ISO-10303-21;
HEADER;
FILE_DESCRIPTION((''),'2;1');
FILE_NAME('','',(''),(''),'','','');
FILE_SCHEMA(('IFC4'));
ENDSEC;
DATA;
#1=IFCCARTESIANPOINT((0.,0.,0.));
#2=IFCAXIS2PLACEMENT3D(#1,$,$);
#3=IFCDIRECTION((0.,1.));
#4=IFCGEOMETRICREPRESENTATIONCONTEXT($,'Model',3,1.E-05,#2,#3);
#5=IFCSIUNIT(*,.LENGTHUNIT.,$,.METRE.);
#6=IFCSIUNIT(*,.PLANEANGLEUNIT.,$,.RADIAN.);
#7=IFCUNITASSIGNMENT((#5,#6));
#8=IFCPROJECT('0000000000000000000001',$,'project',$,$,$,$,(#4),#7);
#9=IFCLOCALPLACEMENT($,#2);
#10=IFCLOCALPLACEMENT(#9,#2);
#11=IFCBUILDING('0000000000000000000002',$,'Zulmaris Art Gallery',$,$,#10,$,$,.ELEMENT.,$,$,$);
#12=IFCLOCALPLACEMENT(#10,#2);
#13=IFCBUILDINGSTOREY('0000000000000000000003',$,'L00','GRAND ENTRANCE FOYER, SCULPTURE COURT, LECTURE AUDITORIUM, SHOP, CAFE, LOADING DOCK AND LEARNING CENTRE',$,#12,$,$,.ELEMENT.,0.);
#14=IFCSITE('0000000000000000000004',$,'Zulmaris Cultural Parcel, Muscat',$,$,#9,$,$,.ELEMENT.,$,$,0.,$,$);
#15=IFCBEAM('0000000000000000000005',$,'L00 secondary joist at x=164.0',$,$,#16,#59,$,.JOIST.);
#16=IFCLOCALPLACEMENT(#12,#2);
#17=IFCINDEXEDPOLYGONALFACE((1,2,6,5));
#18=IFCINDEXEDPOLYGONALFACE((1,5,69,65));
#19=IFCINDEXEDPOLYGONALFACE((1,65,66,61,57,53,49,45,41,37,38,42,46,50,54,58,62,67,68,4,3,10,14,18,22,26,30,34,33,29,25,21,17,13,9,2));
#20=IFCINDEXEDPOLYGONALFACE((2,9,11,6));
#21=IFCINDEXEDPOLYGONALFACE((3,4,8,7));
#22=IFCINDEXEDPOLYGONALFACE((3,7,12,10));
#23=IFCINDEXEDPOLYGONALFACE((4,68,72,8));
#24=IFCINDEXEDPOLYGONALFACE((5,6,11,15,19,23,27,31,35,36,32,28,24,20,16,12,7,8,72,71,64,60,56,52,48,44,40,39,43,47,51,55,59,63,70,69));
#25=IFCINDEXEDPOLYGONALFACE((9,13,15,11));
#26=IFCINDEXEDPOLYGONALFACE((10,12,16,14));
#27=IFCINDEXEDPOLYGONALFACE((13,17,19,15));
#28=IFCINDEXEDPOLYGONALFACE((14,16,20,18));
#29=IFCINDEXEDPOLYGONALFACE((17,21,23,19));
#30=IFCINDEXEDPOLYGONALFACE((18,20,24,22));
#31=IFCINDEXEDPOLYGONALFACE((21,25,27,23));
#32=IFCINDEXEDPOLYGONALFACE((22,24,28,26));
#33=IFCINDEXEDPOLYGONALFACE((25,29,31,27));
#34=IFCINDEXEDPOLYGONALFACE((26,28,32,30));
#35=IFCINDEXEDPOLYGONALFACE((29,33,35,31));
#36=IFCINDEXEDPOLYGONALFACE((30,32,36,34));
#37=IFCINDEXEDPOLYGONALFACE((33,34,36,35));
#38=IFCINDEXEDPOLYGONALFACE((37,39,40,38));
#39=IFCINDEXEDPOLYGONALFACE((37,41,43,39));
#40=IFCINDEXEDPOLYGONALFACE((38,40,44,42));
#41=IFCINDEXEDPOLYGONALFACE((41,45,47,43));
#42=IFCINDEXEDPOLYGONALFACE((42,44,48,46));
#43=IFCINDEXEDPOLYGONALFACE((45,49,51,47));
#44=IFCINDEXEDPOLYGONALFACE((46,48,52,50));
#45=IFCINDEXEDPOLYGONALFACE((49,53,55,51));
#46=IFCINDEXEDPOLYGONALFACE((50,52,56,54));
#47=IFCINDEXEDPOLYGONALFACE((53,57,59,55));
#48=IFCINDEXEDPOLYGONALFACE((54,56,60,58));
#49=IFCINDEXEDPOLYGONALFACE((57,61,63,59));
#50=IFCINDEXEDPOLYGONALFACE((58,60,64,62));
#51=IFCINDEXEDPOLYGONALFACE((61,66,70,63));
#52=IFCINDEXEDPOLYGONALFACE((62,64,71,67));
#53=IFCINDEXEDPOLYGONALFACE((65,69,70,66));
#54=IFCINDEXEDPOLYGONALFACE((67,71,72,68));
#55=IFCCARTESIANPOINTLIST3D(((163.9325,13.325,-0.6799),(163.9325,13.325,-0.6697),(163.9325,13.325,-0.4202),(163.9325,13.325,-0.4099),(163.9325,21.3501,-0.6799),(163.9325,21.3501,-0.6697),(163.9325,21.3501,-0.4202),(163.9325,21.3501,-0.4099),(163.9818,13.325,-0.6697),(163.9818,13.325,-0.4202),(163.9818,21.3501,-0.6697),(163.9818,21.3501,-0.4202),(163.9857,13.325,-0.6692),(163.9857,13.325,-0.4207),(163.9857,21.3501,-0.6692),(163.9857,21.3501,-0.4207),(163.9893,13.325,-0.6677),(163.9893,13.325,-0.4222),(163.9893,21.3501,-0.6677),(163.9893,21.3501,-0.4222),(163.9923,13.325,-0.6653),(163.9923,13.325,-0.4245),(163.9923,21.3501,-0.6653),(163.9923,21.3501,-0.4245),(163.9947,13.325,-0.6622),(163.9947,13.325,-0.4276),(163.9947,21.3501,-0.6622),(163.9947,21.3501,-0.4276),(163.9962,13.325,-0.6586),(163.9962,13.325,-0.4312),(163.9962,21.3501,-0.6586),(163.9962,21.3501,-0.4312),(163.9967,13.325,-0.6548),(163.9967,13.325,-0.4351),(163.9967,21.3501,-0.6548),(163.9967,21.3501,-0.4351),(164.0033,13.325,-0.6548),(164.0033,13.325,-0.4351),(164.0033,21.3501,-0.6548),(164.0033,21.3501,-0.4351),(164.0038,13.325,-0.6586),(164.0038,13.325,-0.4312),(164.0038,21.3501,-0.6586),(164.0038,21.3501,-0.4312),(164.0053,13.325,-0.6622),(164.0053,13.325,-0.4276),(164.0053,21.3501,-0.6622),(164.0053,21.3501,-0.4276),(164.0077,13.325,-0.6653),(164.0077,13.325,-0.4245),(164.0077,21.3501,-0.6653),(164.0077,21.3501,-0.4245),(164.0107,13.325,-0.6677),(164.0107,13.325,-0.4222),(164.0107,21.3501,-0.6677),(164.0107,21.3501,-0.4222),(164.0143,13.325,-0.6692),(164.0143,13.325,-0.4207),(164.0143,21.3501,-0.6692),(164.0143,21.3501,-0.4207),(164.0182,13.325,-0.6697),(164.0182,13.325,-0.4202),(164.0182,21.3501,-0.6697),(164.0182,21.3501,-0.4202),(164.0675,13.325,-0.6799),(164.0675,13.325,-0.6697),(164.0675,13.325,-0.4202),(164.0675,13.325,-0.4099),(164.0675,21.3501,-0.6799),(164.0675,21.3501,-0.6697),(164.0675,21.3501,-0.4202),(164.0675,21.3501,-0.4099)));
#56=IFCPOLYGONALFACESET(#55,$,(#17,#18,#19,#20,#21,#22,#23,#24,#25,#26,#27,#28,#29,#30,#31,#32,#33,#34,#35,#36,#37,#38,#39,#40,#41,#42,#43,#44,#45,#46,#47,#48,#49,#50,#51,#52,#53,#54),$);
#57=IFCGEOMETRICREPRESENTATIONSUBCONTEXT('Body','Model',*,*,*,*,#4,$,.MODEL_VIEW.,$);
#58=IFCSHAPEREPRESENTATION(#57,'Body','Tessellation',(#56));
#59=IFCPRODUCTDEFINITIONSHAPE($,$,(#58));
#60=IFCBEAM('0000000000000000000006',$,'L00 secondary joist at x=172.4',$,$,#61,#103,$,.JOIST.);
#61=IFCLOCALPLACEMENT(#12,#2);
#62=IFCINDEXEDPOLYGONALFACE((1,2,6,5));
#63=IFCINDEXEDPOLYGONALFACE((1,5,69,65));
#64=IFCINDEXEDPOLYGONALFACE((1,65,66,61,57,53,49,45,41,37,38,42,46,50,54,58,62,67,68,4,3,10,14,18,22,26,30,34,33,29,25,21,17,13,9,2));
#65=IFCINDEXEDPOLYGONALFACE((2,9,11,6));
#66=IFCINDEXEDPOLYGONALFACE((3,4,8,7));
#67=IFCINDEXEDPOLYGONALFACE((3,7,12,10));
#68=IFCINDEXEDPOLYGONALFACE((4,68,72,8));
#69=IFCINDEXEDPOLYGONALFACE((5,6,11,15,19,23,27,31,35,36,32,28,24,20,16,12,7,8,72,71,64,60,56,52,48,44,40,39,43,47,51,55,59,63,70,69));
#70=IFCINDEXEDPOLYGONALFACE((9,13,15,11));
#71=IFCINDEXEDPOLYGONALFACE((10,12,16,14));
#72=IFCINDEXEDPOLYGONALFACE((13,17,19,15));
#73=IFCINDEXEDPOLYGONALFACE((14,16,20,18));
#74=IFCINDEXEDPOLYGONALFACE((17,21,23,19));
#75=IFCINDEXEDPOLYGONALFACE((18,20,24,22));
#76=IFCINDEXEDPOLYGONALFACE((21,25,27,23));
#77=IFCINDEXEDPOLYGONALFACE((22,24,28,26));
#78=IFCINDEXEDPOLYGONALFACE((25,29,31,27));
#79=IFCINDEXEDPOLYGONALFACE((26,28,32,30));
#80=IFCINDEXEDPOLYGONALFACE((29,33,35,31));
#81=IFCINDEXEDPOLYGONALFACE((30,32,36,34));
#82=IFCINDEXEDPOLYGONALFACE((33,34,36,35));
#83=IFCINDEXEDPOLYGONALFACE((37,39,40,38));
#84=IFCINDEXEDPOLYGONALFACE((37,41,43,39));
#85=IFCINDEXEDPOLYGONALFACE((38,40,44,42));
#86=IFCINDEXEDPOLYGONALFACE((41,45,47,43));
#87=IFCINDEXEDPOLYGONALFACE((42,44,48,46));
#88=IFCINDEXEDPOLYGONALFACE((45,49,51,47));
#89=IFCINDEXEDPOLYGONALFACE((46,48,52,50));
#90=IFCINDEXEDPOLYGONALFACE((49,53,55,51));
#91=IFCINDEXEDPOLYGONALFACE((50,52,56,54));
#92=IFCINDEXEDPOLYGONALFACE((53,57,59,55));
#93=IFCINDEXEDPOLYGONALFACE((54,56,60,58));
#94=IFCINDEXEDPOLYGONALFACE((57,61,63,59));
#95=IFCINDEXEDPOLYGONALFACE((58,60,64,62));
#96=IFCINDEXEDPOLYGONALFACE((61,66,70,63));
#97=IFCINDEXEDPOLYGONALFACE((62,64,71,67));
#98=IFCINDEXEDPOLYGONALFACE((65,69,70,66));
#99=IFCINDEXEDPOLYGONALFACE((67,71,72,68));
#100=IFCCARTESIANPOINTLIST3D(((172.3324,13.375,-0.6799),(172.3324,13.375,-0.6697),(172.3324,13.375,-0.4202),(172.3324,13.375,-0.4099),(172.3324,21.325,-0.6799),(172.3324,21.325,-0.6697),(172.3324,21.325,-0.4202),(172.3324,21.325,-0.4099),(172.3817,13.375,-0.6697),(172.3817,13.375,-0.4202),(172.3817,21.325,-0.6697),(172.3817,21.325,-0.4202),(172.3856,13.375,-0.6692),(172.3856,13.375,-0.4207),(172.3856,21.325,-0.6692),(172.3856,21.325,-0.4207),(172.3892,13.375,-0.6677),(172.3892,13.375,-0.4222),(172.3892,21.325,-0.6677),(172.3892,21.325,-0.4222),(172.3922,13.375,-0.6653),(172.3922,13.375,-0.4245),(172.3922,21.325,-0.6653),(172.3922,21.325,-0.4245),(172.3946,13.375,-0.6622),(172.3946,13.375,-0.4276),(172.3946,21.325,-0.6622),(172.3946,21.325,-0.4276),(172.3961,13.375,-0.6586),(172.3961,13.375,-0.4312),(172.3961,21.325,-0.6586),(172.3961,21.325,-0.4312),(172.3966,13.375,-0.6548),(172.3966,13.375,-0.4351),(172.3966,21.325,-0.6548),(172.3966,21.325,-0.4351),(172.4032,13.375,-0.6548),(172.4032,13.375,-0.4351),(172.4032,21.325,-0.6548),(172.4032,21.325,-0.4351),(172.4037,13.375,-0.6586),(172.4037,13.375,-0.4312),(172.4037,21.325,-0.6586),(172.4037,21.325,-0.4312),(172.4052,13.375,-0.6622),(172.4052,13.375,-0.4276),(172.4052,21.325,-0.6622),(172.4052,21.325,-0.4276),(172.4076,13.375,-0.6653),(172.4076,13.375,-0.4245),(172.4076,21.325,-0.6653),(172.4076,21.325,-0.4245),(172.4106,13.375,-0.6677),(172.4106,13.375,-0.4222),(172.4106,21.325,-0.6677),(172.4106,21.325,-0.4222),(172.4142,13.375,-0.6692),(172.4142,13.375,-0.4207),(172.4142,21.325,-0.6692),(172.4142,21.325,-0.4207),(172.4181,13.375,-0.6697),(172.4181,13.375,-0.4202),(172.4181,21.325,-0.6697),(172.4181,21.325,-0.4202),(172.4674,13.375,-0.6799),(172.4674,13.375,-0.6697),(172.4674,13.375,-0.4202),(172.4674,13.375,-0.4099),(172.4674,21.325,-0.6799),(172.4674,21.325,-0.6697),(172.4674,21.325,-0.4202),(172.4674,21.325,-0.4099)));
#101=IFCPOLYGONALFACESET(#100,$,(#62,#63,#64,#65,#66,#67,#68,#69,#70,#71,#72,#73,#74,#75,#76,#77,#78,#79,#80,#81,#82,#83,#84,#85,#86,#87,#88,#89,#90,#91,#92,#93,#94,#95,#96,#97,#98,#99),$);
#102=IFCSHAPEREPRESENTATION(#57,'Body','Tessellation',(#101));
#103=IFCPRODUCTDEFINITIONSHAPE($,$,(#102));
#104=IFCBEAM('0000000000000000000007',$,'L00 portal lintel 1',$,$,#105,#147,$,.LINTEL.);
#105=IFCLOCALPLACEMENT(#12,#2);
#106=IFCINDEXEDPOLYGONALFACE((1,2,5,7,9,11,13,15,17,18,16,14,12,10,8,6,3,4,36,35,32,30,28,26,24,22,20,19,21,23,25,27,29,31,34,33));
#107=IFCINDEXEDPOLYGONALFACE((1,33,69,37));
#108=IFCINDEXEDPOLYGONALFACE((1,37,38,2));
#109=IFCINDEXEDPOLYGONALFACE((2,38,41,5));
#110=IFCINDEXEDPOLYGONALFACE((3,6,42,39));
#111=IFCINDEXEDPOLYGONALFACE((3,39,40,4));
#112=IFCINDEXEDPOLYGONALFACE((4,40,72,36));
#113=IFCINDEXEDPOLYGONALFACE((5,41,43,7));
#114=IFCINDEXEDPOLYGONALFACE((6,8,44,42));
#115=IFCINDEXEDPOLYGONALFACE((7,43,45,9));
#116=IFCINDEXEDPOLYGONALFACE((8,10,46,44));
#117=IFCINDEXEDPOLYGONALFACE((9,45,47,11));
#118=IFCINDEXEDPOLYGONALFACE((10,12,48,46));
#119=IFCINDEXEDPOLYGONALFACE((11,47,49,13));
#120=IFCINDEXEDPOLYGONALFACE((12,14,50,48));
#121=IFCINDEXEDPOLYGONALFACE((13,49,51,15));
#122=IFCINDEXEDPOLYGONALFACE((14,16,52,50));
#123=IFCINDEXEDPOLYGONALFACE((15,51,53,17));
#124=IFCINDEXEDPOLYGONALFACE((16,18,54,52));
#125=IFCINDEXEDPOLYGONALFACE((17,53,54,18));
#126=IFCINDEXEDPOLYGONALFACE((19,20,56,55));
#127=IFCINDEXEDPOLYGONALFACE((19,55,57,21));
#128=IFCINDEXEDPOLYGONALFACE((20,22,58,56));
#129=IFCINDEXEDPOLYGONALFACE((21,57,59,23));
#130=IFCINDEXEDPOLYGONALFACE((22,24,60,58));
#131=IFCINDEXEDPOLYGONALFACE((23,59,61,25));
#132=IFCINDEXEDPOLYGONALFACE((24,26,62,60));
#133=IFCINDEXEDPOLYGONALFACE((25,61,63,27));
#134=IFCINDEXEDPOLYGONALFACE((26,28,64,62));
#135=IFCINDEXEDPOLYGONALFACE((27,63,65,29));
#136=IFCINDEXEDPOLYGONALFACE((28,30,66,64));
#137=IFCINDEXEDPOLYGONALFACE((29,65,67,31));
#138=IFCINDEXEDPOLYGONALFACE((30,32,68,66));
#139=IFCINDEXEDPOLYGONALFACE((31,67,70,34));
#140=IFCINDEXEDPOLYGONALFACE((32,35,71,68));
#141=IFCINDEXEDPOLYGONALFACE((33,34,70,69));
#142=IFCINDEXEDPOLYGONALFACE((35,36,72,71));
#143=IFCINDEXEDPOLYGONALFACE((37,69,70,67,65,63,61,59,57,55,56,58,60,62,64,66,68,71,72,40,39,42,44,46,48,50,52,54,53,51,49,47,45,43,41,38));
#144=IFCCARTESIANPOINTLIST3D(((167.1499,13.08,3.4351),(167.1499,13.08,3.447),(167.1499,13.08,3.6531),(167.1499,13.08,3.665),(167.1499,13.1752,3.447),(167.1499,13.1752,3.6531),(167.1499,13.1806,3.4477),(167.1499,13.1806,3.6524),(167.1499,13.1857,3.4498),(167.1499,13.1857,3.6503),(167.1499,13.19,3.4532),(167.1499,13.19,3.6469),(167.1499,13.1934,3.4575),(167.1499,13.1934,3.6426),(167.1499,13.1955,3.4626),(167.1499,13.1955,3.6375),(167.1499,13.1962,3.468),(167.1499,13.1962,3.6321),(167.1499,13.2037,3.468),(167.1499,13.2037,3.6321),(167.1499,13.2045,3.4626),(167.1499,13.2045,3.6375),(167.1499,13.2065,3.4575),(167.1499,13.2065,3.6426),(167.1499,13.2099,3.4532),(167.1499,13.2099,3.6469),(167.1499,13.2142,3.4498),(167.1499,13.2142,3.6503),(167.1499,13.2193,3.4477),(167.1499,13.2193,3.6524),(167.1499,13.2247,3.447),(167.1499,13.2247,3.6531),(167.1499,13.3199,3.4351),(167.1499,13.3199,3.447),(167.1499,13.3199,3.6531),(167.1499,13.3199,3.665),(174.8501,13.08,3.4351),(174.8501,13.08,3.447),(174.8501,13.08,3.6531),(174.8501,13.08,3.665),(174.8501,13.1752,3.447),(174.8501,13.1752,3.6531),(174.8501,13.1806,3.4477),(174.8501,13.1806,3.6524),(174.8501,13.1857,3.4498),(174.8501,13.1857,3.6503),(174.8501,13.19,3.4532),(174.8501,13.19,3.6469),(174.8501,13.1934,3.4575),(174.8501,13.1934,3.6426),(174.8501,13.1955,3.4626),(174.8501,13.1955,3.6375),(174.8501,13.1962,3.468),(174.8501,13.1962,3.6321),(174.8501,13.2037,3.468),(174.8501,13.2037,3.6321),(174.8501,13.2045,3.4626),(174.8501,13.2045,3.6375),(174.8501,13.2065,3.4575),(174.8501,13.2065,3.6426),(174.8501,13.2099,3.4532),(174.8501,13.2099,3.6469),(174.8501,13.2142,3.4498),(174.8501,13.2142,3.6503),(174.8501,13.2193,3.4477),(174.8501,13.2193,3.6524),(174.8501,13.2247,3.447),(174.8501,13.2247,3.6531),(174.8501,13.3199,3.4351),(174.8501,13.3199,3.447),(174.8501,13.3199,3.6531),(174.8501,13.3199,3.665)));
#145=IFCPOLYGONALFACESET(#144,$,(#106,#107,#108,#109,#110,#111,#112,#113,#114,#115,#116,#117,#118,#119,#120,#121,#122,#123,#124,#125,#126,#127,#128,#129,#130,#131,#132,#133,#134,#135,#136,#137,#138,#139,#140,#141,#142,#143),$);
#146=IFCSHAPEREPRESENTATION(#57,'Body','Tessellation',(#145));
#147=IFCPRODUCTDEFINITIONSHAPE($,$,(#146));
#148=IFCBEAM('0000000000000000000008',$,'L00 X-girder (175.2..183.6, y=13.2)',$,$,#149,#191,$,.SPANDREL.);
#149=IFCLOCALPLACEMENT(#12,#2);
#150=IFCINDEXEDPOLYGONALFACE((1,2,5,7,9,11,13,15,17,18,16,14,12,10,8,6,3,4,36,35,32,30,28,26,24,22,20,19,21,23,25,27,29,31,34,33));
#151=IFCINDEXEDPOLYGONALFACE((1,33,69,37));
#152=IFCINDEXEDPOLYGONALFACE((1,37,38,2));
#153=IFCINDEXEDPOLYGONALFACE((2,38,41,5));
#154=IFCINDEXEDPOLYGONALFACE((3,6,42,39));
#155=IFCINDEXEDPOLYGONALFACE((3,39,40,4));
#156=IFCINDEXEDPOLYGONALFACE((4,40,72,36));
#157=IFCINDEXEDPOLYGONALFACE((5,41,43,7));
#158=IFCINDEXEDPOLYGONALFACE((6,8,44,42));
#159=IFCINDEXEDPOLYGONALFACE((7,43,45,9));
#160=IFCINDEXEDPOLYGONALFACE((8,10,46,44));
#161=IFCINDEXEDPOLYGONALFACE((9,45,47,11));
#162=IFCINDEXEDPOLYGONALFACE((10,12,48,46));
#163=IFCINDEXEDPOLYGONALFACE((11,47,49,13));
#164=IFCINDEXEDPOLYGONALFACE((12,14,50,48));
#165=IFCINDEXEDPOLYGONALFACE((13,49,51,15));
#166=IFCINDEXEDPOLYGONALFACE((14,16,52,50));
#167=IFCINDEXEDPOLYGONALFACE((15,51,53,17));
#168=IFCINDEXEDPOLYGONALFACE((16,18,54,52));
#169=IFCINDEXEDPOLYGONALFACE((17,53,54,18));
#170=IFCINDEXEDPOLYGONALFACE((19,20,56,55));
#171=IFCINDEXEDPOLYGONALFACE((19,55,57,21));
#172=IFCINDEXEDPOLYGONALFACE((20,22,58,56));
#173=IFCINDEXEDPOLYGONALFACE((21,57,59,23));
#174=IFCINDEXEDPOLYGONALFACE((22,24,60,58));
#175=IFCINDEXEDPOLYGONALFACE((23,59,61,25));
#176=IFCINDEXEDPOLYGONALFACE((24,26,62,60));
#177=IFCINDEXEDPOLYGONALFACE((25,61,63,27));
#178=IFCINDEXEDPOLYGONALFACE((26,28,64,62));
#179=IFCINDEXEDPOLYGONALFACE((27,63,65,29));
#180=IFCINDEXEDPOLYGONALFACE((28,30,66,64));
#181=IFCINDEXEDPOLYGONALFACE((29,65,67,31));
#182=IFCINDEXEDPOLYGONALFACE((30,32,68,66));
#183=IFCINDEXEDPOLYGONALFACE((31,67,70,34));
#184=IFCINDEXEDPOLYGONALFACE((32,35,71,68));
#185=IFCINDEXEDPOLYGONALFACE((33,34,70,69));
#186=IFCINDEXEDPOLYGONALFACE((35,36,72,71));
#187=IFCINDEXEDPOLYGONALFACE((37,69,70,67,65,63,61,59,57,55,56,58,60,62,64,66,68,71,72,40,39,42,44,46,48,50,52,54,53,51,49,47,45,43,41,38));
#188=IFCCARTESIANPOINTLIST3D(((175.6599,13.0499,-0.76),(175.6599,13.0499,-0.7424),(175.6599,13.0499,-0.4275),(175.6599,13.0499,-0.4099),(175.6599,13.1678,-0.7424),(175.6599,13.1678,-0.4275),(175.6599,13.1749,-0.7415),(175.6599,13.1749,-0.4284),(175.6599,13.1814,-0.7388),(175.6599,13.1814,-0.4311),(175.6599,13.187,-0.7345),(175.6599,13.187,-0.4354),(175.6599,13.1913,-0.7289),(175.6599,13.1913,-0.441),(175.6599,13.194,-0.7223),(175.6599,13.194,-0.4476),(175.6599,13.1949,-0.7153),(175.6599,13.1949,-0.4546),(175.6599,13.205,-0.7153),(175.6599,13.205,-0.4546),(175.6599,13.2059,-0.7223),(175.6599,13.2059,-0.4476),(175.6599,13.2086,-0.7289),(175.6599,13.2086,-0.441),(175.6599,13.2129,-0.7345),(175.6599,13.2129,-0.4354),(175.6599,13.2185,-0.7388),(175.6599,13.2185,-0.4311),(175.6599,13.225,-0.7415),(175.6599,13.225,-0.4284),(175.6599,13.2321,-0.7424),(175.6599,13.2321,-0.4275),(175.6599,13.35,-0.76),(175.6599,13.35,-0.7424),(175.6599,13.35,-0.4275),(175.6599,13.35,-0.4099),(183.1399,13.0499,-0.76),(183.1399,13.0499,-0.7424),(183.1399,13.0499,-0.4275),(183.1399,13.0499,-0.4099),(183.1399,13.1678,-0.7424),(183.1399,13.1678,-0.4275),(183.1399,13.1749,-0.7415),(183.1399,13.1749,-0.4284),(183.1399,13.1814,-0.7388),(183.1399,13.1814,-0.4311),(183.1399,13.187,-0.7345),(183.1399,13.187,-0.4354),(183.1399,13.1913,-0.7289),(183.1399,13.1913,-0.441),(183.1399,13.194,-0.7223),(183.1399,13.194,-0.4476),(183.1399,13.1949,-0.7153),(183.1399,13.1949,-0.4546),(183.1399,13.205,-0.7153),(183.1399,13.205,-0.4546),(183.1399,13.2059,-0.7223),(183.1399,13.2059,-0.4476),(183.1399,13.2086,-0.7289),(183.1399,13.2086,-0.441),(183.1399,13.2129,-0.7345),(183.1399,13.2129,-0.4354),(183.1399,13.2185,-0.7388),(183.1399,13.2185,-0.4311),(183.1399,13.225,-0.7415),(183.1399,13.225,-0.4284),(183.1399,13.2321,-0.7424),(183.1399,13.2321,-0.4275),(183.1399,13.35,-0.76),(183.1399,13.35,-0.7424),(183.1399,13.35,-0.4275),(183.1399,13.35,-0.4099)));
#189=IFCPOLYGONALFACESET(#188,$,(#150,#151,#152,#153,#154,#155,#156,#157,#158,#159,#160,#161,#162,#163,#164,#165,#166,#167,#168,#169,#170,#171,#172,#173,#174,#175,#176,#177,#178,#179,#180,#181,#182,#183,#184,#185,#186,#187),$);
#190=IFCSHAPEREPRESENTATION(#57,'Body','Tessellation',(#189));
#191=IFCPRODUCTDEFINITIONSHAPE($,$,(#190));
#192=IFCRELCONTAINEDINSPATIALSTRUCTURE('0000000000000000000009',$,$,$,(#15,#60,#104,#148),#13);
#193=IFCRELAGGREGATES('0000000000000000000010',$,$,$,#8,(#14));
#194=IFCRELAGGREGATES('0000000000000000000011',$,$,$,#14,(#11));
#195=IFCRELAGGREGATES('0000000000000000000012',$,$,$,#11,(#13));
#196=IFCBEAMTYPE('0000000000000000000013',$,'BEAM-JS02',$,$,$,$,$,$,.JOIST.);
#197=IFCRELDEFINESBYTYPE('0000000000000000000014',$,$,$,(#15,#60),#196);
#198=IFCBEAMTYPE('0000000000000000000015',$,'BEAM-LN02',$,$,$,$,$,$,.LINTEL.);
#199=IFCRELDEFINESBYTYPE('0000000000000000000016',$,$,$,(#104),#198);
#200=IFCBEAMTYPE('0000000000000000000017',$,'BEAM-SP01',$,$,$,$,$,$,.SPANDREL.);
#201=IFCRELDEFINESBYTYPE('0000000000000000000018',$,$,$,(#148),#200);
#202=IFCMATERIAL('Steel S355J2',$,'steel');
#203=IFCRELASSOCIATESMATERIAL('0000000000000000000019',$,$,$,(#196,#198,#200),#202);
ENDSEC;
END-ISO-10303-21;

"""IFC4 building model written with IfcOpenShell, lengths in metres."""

from ifc_helpers import new_model, si_unit, direction, frame, origin, origin_2d, place, context, subcontext, project, spatial, i_section, extrude, material, material_profile, profile_set, type_object, element, save


model = new_model("IFC4")

# Units and contexts
model_context = context("Model", 3, precision=1e-05, world=origin(), true_north=direction((0.0, 1.0)))
body_context = subcontext(model_context, "Body", "Model", "MODEL_VIEW")
ifc_project = project(units=[si_unit("LENGTHUNIT", "METRE"), si_unit("PLANEANGLEUNIT", "RADIAN")], contexts=[model_context])

# Site, building, storey
site_placement = place(None, origin())
site = spatial("IfcSite", under=ifc_project, at=site_placement, Name="Zulmaris Cultural Parcel, Muscat", CompositionType="ELEMENT", RefElevation=0.0)
building_placement = place(site_placement, origin())
building = spatial("IfcBuilding", under=site, at=building_placement, Name="Zulmaris Art Gallery", CompositionType="ELEMENT")
storey_placement = place(building_placement, origin())
storey = spatial("IfcBuildingStorey", under=building, at=storey_placement, Name="L00", Description="GRAND ENTRANCE FOYER, SCULPTURE COURT, LECTURE AUDITORIUM, SHOP, CAFE, LOADING DOCK AND LEARNING CENTRE", CompositionType="ELEMENT", Elevation=0.0)

# Beams
ifc_material_1 = material(Name="Steel S355J2", Category="steel")
ifc_material_profile_1 = material_profile(ifc_material_1, i_section(OverallWidth=0.135, OverallDepth=0.27, WebThickness=0.0066, FlangeThickness=0.0103, FilletRadius=0.0149, at=origin_2d()), Name="IPE 270")
ifc_profile_set_1 = profile_set([ifc_material_profile_1], Name="Steel S355J2")
beam_type_1 = type_object("IfcBeamType", Name="BEAM-JS02", PredefinedType="JOIST", material=ifc_profile_set_1)
beam_1_placement = place(storey_placement, frame((164.0, 13.325, -0.5449), z_axis=(0.0, 1.0, 0.0), x_axis=(-1.0, 0.0, 0.0)))
element("IfcBeam", 1, at=beam_1_placement, inside=storey, type_object=beam_type_1, Name="L00 secondary joist at x=164.0", PredefinedType="JOIST", context=body_context, shape_type="SweptSolid", body=[
    extrude(i_section(OverallWidth=0.135, OverallDepth=0.27, WebThickness=0.0066, FlangeThickness=0.0103, FilletRadius=0.0149, at=origin_2d()), origin(), (0.0, 0.0, 1.0), 8.0251),
])
beam_2_placement = place(storey_placement, frame((172.3999, 13.375, -0.5449), z_axis=(0.0, 1.0, 0.0), x_axis=(-1.0, 0.0, 0.0)))
element("IfcBeam", 2, at=beam_2_placement, inside=storey, type_object=beam_type_1, Name="L00 secondary joist at x=172.4", PredefinedType="JOIST", context=body_context, shape_type="SweptSolid", body=[
    extrude(i_section(OverallWidth=0.135, OverallDepth=0.27, WebThickness=0.0066, FlangeThickness=0.0103, FilletRadius=0.0149, at=origin_2d()), origin(), (0.0, 0.0, 1.0), 7.95),
])
ifc_material_profile_2 = material_profile(ifc_material_1, i_section(OverallWidth=0.24, OverallDepth=0.23, WebThickness=0.0076, FlangeThickness=0.012, FilletRadius=0.021, at=origin_2d()), Name="HEA 240")
ifc_profile_set_2 = profile_set([ifc_material_profile_2], Name="Steel S355J2")
beam_type_2 = type_object("IfcBeamType", Name="BEAM-LN02", PredefinedType="LINTEL", material=ifc_profile_set_2)
beam_3_placement = place(storey_placement, frame((167.1499, 13.2, 3.55), z_axis=(1.0, 0.0, 0.0), x_axis=(0.0, 1.0, 0.0)))
element("IfcBeam", 3, at=beam_3_placement, inside=storey, type_object=beam_type_2, Name="L00 portal lintel 1", PredefinedType="LINTEL", context=body_context, shape_type="SweptSolid", body=[
    extrude(i_section(OverallWidth=0.24, OverallDepth=0.23, WebThickness=0.0076, FlangeThickness=0.012, FilletRadius=0.021, at=origin_2d()), origin(), (0.0, 0.0, 1.0), 7.7002),
])
ifc_material_profile_3 = material_profile(ifc_material_1, i_section(OverallWidth=0.3, OverallDepth=0.3501, WebThickness=0.01, FlangeThickness=0.0176, FilletRadius=0.0271, at=origin_2d()), Name="HEA 360")
ifc_profile_set_3 = profile_set([ifc_material_profile_3], Name="Steel S355J2")
beam_type_3 = type_object("IfcBeamType", Name="BEAM-SP01", PredefinedType="SPANDREL", material=ifc_profile_set_3)
beam_4_placement = place(storey_placement, frame((175.6599, 13.2, -0.585), z_axis=(1.0, 0.0, 0.0), x_axis=(0.0, 1.0, 0.0)))
element("IfcBeam", 4, at=beam_4_placement, inside=storey, type_object=beam_type_3, Name="L00 X-girder (175.2..183.6, y=13.2)", PredefinedType="SPANDREL", context=body_context, shape_type="SweptSolid", body=[
    extrude(i_section(OverallWidth=0.3, OverallDepth=0.3501, WebThickness=0.01, FlangeThickness=0.0176, FilletRadius=0.0271, at=origin_2d()), origin(), (0.0, 0.0, 1.0), 7.48),
])

save(model, "model.ifc")
